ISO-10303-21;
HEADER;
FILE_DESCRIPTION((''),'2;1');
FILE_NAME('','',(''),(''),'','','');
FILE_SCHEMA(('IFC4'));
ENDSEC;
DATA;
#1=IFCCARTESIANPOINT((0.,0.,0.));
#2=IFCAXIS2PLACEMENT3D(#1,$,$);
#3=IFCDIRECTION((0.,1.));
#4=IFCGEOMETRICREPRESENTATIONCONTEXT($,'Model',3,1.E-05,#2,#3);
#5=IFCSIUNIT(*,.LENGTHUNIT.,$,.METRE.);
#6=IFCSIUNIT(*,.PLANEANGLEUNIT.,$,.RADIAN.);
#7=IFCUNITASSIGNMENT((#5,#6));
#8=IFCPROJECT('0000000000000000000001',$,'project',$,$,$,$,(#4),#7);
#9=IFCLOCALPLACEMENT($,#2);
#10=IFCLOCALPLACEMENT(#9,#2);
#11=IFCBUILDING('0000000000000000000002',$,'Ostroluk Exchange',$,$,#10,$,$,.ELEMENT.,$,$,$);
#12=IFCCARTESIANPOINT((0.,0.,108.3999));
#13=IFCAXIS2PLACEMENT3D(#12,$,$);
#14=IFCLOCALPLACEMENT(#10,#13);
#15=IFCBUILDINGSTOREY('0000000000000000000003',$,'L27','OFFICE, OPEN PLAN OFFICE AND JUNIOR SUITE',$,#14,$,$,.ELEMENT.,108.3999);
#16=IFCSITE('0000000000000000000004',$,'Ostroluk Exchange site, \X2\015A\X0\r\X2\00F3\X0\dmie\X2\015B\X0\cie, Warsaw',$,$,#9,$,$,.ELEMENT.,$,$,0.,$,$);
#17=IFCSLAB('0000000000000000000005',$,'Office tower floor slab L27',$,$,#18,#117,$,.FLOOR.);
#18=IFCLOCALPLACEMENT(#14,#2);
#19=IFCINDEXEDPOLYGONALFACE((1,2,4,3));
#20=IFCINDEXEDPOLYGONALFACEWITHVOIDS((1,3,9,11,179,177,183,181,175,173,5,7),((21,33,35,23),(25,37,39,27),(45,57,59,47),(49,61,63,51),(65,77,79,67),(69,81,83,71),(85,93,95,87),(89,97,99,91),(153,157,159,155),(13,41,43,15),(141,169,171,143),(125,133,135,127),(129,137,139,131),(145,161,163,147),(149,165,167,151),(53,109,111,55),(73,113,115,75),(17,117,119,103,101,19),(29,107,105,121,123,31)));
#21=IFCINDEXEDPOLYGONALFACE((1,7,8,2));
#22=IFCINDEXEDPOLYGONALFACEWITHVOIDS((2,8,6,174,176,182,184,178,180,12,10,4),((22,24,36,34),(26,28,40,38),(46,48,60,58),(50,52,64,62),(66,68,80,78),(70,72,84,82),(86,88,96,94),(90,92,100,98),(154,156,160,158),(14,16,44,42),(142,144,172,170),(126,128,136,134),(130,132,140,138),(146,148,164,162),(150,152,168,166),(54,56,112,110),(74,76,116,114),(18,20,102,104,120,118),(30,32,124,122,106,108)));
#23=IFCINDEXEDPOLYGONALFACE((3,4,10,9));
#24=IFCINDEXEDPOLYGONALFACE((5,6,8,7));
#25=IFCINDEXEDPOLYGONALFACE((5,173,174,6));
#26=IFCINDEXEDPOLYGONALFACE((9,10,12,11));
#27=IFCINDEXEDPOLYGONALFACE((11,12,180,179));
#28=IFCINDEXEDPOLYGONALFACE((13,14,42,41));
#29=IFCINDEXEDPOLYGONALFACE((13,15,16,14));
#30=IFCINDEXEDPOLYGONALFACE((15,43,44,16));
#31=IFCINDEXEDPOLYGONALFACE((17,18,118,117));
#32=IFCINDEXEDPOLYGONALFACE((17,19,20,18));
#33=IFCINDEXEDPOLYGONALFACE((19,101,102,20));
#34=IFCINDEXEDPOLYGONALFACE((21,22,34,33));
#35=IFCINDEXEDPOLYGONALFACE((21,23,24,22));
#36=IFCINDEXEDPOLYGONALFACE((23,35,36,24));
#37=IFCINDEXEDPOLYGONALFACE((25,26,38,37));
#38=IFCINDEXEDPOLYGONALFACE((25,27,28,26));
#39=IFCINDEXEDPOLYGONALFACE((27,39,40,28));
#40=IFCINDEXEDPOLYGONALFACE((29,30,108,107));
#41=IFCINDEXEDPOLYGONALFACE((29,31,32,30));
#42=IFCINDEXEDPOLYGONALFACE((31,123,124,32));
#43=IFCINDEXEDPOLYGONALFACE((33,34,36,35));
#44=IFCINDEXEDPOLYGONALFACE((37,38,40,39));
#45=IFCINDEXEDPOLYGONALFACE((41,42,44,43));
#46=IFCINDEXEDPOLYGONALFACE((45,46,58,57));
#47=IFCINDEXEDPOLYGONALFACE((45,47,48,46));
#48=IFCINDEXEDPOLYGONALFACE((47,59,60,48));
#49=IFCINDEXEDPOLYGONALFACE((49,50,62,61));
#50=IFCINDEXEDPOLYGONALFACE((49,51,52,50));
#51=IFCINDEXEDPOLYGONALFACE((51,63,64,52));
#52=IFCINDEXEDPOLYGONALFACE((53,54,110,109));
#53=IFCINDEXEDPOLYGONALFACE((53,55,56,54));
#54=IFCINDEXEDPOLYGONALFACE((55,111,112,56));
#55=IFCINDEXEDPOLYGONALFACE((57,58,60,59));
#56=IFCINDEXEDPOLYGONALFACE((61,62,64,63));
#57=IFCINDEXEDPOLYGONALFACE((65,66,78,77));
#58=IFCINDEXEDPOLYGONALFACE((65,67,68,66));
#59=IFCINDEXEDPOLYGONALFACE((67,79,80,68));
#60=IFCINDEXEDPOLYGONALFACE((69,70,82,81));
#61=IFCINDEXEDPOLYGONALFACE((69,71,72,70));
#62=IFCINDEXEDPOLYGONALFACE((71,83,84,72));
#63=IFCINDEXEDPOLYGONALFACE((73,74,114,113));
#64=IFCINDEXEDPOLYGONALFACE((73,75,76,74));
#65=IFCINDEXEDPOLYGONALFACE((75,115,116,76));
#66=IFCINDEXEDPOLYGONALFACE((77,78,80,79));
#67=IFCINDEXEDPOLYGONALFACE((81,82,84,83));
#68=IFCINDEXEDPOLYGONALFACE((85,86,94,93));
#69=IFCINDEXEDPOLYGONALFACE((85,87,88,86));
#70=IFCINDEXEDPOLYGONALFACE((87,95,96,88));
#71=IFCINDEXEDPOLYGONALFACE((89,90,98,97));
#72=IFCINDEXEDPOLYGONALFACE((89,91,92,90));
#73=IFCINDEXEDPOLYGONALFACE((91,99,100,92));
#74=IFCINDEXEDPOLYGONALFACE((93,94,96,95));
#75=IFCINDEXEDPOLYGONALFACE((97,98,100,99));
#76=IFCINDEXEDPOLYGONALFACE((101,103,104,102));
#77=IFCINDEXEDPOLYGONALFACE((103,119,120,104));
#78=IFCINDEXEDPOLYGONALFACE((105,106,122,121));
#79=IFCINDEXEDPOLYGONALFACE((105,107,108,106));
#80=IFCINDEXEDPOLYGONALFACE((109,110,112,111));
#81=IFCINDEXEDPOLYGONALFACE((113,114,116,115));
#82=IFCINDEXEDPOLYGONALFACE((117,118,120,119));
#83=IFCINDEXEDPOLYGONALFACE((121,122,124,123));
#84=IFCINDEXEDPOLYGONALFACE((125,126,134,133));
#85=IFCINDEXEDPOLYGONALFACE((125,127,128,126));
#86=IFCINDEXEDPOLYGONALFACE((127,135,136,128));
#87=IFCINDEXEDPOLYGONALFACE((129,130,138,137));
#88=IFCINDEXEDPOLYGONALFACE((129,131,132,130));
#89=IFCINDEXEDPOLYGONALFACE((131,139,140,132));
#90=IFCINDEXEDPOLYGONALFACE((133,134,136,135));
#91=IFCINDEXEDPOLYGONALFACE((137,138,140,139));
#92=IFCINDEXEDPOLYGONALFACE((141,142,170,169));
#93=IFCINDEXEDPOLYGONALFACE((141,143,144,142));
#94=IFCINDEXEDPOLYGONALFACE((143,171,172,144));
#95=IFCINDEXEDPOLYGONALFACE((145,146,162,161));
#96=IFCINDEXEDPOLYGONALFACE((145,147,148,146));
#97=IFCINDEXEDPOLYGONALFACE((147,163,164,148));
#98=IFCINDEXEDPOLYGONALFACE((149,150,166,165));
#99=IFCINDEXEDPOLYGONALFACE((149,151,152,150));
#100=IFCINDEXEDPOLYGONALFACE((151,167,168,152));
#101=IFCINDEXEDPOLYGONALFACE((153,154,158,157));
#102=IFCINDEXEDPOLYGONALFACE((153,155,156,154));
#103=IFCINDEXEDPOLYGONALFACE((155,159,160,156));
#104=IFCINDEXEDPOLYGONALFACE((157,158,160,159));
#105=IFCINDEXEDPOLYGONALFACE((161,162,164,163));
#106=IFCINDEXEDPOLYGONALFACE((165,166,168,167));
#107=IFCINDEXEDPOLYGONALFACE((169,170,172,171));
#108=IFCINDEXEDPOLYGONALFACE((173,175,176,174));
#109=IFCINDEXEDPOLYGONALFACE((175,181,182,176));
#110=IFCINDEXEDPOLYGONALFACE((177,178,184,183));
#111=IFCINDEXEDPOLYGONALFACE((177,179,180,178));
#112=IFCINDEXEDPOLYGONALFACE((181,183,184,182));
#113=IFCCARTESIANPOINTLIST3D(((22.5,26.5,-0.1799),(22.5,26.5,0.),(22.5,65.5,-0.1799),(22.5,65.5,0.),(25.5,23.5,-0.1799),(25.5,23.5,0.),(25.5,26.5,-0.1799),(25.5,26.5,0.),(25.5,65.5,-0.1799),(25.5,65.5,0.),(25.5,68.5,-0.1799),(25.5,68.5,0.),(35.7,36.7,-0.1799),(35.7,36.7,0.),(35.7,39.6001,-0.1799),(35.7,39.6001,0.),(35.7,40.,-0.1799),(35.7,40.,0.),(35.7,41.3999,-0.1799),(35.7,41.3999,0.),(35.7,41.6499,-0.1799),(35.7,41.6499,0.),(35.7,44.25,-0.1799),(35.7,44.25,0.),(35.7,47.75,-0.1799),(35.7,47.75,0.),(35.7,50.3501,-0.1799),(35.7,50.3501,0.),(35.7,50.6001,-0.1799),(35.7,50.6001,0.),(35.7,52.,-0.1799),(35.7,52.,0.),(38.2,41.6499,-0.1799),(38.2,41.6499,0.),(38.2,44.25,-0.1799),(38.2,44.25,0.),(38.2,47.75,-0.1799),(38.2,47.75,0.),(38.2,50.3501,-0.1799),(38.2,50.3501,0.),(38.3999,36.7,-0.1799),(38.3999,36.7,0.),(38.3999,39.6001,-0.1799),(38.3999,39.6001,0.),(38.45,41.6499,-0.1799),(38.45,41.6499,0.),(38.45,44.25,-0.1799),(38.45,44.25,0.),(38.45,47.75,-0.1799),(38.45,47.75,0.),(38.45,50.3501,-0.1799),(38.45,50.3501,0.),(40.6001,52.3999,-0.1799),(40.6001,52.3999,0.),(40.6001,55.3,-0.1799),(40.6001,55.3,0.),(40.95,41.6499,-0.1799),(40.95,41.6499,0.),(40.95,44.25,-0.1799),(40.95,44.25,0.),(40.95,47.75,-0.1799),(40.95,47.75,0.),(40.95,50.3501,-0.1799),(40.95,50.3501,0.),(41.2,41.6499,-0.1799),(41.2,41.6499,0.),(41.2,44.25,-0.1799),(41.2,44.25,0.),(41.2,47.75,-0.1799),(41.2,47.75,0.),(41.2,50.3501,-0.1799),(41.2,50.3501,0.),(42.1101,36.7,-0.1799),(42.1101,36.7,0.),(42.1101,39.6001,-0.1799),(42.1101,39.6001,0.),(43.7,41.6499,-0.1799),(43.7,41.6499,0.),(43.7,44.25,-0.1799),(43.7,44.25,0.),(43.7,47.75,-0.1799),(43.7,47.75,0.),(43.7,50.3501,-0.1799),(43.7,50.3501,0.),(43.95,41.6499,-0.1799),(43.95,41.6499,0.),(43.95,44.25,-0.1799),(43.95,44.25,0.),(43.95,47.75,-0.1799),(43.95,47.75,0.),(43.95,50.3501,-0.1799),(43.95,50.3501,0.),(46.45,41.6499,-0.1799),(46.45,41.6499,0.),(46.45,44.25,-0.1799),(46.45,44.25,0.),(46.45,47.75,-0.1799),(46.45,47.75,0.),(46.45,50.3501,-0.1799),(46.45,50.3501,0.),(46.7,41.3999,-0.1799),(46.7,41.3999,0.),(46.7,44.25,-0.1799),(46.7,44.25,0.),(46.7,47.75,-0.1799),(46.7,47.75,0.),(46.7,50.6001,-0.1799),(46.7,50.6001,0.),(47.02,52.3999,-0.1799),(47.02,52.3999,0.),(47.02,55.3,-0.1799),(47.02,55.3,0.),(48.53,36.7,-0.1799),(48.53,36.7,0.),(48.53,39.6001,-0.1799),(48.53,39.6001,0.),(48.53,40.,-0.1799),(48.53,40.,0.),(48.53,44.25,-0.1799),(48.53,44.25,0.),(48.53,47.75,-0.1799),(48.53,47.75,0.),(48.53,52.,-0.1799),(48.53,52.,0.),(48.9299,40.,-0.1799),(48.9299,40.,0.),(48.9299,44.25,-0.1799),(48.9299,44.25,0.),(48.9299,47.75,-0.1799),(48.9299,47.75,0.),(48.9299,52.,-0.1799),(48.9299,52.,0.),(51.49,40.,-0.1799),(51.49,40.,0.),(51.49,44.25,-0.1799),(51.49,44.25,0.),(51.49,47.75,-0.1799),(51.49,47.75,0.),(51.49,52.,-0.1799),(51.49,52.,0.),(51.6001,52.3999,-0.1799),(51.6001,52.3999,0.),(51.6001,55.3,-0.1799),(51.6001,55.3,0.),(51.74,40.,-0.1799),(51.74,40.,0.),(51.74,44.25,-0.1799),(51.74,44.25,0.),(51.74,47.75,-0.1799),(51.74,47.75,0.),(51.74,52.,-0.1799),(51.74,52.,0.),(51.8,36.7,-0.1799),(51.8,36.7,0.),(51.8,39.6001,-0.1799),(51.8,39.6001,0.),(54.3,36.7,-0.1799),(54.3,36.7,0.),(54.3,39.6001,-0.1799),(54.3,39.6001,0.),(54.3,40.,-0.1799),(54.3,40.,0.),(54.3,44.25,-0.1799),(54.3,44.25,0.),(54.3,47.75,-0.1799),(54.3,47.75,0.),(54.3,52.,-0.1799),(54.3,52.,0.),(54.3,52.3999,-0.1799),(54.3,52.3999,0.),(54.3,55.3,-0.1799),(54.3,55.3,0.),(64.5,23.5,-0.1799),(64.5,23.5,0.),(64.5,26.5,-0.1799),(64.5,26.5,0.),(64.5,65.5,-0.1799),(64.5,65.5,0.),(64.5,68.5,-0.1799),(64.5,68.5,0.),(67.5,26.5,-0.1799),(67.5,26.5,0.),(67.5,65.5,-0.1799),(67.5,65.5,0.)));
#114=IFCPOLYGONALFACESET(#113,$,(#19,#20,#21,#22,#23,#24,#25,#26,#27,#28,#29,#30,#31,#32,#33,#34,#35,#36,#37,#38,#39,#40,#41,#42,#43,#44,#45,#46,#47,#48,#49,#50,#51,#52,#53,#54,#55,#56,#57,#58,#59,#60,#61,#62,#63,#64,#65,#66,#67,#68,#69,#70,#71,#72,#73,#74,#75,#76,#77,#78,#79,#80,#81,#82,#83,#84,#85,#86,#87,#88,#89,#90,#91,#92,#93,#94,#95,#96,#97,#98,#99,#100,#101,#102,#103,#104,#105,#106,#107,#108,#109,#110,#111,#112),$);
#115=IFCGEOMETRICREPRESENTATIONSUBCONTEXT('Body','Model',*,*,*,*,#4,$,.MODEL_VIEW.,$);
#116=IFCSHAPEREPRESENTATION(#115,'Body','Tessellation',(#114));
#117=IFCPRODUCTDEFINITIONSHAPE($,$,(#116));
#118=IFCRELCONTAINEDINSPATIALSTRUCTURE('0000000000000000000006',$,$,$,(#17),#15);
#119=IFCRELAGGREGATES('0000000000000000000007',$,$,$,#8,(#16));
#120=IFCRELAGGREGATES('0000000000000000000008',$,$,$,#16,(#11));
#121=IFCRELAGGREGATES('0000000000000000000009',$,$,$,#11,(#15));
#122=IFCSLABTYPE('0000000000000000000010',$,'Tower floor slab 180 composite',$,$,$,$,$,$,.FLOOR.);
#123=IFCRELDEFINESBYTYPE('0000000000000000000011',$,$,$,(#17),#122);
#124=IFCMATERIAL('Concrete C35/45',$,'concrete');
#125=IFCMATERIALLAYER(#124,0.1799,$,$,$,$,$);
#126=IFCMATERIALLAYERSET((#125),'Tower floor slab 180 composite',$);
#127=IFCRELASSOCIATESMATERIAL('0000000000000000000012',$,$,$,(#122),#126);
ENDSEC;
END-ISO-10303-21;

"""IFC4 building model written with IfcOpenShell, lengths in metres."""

from ifc_helpers import new_model, si_unit, direction, frame, origin, place, context, subcontext, project, spatial, polyline, outline, extrude, material, layer, layer_set, type_object, element, save


model = new_model("IFC4")

# Units and contexts
model_context = context("Model", 3, precision=1e-05, world=origin(), true_north=direction((0.0, 1.0)))
body_context = subcontext(model_context, "Body", "Model", "MODEL_VIEW")
ifc_project = project(units=[si_unit("LENGTHUNIT", "METRE"), si_unit("PLANEANGLEUNIT", "RADIAN")], contexts=[model_context])

# Site, building, storey
site_placement = place(None, origin())
site = spatial("IfcSite", under=ifc_project, at=site_placement, Name="Ostroluk Exchange site, Śródmieście, Warsaw", CompositionType="ELEMENT", RefElevation=0.0)
building_placement = place(site_placement, origin())
building = spatial("IfcBuilding", under=site, at=building_placement, Name="Ostroluk Exchange", CompositionType="ELEMENT")
storey_placement = place(building_placement, frame((0.0, 0.0, 108.3999)))
storey = spatial("IfcBuildingStorey", under=building, at=storey_placement, Name="L27", Description="OFFICE, OPEN PLAN OFFICE AND JUNIOR SUITE", CompositionType="ELEMENT", Elevation=108.3999)

# Slab
ifc_material_1 = material(Name="Concrete C35/45", Category="concrete")
ifc_layer_1 = layer(ifc_material_1, 0.1799)
ifc_layer_set_1 = layer_set([ifc_layer_1], Name="Tower floor slab 180 composite")
slab_type_1 = type_object("IfcSlabType", Name="Tower floor slab 180 composite", PredefinedType="FLOOR", material=ifc_layer_set_1)
slab_1_placement = place(storey_placement, frame((0.0, 0.0, -0.1799)))
element("IfcSlab", 1, at=slab_1_placement, inside=storey, type_object=slab_type_1, Name="Office tower floor slab L27", PredefinedType="FLOOR", context=body_context, shape_type="SweptSolid", body=[
    extrude(outline(polyline([(25.5, 23.5), (64.5, 23.5), (64.5, 26.5), (67.5, 26.5), (67.5, 65.5), (64.5, 65.5), (64.5, 68.5), (25.5, 68.5), (25.5, 65.5), (22.5, 65.5), (22.5, 26.5), (25.5, 26.5), (25.5, 23.5)]), holes=[polyline([(35.7, 36.7), (38.3999, 36.7), (38.3999, 39.6001), (35.7, 39.6001), (35.7, 36.7)]), polyline([(42.1101, 36.7), (48.53, 36.7), (48.53, 39.6001), (42.1101, 39.6001), (42.1101, 36.7)]), polyline([(51.8, 36.7), (54.3, 36.7), (54.3, 39.6001), (51.8, 39.6001), (51.8, 36.7)]), polyline([(40.6001, 52.3999), (47.02, 52.3999), (47.02, 55.3), (40.6001, 55.3), (40.6001, 52.3999)]), polyline([(51.6001, 52.3999), (54.3, 52.3999), (54.3, 55.3), (51.6001, 55.3), (51.6001, 52.3999)]), polyline([(35.7, 47.75), (38.2, 47.75), (38.2, 50.3501), (35.7, 50.3501), (35.7, 47.75)]), polyline([(38.45, 47.75), (40.95, 47.75), (40.95, 50.3501), (38.45, 50.3501), (38.45, 47.75)]), polyline([(41.2, 47.75), (43.7, 47.75), (43.7, 50.3501), (41.2, 50.3501), (41.2, 47.75)]), polyline([(43.95, 47.75), (46.45, 47.75), (46.45, 50.3501), (43.95, 50.3501), (43.95, 47.75)]), polyline([(35.7, 41.6499), (38.2, 41.6499), (38.2, 44.25), (35.7, 44.25), (35.7, 41.6499)]), polyline([(38.45, 41.6499), (40.95, 41.6499), (40.95, 44.25), (38.45, 44.25), (38.45, 41.6499)]), polyline([(41.2, 41.6499), (43.7, 41.6499), (43.7, 44.25), (41.2, 44.25), (41.2, 41.6499)]), polyline([(43.95, 41.6499), (46.45, 41.6499), (46.45, 44.25), (43.95, 44.25), (43.95, 41.6499)]), polyline([(48.9299, 47.75), (51.49, 47.75), (51.49, 52.0), (48.9299, 52.0), (48.9299, 47.75)]), polyline([(51.74, 47.75), (54.3, 47.75), (54.3, 52.0), (51.74, 52.0), (51.74, 47.75)]), polyline([(48.9299, 40.0), (51.49, 40.0), (51.49, 44.25), (48.9299, 44.25), (48.9299, 40.0)]), polyline([(51.74, 40.0), (54.3, 40.0), (54.3, 44.25), (51.74, 44.25), (51.74, 40.0)]), polyline([(48.53, 52.0), (48.53, 47.75), (46.7, 47.75), (46.7, 50.6001), (35.7, 50.6001), (35.7, 52.0), (48.53, 52.0)]), polyline([(35.7, 40.0), (35.7, 41.3999), (46.7, 41.3999), (46.7, 44.25), (48.53, 44.25), (48.53, 40.0), (35.7, 40.0)])]), origin(), (0.0, 0.0, 1.0), 0.1799),
])

save(model, "model.ifc")
